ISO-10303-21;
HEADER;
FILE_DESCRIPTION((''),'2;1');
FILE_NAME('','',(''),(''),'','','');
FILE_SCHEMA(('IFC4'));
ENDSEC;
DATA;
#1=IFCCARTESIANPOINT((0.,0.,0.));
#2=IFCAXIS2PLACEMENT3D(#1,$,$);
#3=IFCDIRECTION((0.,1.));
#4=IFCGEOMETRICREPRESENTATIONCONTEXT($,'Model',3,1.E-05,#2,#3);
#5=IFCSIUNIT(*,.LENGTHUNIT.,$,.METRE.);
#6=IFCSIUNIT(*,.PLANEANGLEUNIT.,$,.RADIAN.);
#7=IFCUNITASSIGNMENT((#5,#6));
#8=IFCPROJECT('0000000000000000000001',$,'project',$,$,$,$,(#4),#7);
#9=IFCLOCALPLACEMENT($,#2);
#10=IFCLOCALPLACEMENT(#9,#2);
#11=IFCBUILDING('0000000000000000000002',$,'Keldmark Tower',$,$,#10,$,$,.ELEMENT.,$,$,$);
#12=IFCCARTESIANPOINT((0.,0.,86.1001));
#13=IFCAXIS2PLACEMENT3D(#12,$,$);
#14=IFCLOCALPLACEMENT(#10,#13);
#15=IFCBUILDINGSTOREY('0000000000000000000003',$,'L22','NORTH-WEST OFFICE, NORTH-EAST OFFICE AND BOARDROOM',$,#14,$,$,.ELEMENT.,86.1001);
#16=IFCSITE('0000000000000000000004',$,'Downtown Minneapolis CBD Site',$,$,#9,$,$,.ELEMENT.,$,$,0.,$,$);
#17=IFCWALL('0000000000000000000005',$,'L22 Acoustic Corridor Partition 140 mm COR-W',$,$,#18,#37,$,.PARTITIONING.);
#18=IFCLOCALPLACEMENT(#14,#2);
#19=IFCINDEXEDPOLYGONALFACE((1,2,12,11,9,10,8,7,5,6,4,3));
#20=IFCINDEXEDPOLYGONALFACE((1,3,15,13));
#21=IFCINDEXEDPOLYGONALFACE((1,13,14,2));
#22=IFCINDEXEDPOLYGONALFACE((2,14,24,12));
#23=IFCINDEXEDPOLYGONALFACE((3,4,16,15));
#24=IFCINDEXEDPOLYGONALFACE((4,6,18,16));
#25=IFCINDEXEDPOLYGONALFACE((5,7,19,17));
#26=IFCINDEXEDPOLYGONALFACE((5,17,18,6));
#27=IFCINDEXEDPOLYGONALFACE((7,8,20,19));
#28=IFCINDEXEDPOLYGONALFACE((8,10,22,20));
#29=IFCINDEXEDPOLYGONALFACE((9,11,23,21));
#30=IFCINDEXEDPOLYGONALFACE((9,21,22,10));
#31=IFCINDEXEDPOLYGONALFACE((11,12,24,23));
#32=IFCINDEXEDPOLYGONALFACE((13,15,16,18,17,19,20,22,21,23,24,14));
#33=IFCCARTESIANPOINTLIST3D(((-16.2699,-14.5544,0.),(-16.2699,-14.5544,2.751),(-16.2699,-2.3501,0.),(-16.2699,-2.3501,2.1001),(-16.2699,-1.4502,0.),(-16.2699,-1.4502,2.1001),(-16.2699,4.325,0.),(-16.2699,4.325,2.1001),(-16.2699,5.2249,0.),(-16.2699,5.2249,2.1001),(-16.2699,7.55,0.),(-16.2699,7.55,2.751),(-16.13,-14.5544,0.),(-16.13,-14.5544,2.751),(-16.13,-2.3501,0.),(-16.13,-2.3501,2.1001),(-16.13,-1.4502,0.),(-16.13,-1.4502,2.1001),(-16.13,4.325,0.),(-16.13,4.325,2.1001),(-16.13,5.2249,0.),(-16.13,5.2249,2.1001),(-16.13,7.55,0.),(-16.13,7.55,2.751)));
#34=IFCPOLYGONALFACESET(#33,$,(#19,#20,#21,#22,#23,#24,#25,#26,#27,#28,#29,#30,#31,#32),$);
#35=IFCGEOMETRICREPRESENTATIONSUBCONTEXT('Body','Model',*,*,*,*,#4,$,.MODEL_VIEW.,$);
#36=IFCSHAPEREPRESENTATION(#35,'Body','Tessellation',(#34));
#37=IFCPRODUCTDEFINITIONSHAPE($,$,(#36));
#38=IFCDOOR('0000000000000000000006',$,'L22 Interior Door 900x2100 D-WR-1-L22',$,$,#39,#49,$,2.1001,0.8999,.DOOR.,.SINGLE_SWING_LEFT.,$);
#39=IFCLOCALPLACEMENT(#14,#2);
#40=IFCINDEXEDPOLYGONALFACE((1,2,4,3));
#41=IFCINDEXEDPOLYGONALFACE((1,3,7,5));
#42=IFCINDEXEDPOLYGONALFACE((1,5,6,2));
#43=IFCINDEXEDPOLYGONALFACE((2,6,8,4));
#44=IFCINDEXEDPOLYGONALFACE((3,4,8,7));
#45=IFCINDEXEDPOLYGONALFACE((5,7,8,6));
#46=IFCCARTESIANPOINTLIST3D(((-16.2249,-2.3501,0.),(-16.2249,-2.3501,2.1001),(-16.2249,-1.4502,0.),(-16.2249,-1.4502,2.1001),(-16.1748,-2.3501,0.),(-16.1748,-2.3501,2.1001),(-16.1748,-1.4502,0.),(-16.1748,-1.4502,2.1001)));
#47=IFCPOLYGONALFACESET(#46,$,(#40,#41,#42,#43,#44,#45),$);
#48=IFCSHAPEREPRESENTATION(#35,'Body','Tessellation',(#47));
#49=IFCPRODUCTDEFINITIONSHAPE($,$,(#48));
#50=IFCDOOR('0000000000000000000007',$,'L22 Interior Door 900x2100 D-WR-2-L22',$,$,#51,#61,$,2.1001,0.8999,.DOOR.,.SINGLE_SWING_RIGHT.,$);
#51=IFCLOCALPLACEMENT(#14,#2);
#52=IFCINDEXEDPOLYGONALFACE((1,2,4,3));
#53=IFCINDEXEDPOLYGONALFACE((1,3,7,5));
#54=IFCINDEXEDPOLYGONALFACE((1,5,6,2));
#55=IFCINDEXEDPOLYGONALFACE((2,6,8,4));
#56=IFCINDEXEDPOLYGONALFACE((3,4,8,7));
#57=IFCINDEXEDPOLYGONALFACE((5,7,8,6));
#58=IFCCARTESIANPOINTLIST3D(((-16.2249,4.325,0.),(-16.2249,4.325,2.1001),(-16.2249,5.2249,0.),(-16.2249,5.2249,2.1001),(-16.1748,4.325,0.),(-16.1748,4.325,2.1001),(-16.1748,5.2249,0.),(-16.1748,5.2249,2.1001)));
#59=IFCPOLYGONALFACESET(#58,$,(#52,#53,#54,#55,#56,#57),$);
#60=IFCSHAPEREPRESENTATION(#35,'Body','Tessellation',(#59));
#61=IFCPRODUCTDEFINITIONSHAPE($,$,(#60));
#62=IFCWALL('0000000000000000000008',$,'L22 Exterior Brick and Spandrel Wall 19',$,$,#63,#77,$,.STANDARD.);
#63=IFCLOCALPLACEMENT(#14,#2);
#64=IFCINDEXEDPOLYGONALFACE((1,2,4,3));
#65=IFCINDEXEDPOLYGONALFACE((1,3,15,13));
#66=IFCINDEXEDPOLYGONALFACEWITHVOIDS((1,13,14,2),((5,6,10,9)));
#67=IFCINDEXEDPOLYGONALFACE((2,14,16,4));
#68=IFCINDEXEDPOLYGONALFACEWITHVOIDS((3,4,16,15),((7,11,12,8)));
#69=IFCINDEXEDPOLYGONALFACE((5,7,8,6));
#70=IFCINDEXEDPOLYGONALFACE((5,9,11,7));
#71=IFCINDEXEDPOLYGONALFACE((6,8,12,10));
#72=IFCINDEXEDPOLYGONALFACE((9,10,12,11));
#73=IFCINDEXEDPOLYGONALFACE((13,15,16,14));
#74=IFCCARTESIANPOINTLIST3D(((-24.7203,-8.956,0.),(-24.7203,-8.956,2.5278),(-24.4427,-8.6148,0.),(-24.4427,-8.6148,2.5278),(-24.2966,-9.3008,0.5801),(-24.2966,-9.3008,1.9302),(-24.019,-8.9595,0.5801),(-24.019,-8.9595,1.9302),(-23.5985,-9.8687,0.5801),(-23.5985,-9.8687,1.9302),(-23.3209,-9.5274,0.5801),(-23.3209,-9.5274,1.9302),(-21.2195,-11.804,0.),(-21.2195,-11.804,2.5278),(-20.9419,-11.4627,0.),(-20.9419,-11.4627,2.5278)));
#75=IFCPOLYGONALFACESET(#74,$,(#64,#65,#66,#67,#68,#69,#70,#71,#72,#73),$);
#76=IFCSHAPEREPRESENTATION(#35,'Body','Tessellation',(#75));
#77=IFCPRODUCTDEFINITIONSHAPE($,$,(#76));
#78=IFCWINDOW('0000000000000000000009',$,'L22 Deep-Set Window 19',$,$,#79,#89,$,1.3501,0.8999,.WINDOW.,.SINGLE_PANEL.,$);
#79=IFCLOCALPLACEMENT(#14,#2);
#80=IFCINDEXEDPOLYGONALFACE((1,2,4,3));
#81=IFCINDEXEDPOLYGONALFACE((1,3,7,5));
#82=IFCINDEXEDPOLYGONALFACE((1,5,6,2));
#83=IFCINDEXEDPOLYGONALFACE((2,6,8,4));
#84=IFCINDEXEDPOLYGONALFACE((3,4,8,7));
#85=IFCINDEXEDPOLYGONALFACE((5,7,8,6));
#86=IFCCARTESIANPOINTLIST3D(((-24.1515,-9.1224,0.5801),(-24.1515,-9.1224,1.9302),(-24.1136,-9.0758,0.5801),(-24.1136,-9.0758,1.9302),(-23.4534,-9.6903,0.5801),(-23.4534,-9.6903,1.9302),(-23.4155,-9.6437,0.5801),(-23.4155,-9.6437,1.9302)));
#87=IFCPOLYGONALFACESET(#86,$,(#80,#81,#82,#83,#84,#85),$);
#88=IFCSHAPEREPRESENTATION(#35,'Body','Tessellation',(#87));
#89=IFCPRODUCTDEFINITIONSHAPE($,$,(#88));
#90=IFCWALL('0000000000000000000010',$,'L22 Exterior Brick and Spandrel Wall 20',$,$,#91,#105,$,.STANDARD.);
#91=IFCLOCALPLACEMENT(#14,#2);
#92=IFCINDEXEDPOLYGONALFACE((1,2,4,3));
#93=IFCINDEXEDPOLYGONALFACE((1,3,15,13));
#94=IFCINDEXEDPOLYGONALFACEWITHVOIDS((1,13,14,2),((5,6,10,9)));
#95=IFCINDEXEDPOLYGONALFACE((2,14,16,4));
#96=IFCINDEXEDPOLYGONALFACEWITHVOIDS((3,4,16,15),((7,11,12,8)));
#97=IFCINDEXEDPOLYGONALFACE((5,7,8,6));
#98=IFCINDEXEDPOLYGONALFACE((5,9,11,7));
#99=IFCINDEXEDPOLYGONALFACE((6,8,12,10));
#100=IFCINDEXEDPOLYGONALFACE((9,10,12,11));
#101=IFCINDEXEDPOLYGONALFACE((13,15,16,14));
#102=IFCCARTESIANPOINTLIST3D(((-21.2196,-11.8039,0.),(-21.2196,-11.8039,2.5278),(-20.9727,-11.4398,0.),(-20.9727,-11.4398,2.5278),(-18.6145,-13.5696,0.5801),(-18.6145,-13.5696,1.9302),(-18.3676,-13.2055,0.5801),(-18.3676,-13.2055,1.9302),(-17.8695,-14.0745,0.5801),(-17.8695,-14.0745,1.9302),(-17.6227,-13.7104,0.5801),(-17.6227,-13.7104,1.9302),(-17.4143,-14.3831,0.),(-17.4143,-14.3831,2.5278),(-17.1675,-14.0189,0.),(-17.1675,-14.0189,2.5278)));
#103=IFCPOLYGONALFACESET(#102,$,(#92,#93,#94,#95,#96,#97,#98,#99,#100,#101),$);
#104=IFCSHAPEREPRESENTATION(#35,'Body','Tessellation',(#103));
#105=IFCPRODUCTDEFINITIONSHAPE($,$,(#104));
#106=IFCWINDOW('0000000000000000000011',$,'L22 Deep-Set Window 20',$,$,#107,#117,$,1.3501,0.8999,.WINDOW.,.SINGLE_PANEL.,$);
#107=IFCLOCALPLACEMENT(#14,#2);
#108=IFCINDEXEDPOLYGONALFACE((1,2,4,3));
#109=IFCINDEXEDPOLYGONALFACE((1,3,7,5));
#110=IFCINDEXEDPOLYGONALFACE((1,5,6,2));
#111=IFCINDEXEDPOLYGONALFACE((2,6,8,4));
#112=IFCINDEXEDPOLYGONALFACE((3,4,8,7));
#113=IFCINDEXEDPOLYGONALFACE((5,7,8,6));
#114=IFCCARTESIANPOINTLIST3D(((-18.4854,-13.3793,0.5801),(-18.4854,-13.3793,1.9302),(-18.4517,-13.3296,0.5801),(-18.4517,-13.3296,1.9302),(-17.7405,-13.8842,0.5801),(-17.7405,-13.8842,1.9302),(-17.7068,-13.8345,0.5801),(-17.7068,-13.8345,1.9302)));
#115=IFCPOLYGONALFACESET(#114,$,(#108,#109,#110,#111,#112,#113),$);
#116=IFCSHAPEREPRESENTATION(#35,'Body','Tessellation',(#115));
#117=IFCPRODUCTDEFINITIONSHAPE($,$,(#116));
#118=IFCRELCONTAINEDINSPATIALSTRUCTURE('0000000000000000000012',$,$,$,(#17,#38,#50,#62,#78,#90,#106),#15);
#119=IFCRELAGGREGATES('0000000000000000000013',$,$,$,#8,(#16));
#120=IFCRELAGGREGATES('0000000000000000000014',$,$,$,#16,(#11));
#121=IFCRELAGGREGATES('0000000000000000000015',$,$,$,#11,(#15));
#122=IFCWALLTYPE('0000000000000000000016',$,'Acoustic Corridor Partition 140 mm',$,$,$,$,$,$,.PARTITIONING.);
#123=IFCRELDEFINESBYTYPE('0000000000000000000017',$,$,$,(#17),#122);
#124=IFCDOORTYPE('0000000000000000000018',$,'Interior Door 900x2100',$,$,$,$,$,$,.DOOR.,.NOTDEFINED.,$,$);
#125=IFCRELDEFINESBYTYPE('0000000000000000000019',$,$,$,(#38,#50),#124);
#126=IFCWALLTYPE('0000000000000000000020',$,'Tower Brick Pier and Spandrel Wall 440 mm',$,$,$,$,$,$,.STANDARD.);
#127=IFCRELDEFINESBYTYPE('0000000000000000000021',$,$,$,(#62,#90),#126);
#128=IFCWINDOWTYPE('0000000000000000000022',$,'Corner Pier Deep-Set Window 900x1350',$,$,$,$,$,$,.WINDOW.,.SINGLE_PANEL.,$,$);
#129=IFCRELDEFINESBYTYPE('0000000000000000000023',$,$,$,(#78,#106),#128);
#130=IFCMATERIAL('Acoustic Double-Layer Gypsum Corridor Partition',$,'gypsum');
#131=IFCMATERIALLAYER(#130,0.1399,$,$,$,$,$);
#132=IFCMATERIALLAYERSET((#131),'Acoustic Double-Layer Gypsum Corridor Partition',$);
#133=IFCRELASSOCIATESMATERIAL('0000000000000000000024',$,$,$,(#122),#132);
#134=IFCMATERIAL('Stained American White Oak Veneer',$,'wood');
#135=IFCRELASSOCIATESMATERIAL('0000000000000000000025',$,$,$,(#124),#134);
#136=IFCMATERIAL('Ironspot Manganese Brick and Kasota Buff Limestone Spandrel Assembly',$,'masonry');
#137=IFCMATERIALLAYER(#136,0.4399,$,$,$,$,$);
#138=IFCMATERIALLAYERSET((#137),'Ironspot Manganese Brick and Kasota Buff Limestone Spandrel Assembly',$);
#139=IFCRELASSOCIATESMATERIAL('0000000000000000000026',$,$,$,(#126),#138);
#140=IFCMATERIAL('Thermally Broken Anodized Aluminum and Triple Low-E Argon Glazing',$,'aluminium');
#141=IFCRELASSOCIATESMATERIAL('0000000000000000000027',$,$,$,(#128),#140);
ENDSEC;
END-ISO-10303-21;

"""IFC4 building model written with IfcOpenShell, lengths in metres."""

from ifc_helpers import new_model, si_unit, direction, frame, frame_2d, origin, place, context, subcontext, project, spatial, rectangle, extrude, material, layer, layer_set, type_object, element, fill, save


model = new_model("IFC4")

# Units and contexts
model_context = context("Model", 3, precision=1e-05, world=origin(), true_north=direction((0.0, 1.0)))
body_context = subcontext(model_context, "Body", "Model", "MODEL_VIEW")
ifc_project = project(units=[si_unit("LENGTHUNIT", "METRE"), si_unit("PLANEANGLEUNIT", "RADIAN")], contexts=[model_context])

# Site, building, storey
site_placement = place(None, origin())
site = spatial("IfcSite", under=ifc_project, at=site_placement, Name="Downtown Minneapolis CBD Site", CompositionType="ELEMENT", RefElevation=0.0)
building_placement = place(site_placement, origin())
building = spatial("IfcBuilding", under=site, at=building_placement, Name="Keldmark Tower", CompositionType="ELEMENT")
storey_placement = place(building_placement, frame((0.0, 0.0, 86.1001)))
storey = spatial("IfcBuildingStorey", under=building, at=storey_placement, Name="L22", Description="NORTH-WEST OFFICE, NORTH-EAST OFFICE AND BOARDROOM", CompositionType="ELEMENT", Elevation=86.1001)

# Wall, openings, doors
ifc_material_1 = material(Name="Acoustic Double-Layer Gypsum Corridor Partition", Category="gypsum")
ifc_layer_1 = layer(ifc_material_1, 0.1399)
ifc_layer_set_1 = layer_set([ifc_layer_1], Name="Acoustic Double-Layer Gypsum Corridor Partition")
wall_type_1 = type_object("IfcWallType", Name="Acoustic Corridor Partition 140 mm", PredefinedType="PARTITIONING", material=ifc_layer_set_1)
ifc_material_2 = material(Name="Stained American White Oak Veneer", Category="wood")
door_type_1 = type_object("IfcDoorType", Name="Interior Door 900x2100", OperationType="NOTDEFINED", PredefinedType="DOOR", material=ifc_material_2)
wall_1_placement = place(storey_placement, frame((-16.2, -14.5544, 0.0), z_axis=(0.0, 0.0, 1.0), x_axis=(0.0, 1.0, 0.0)))
wall_1 = element("IfcWall", 1, at=wall_1_placement, inside=storey, type_object=wall_type_1, Name="L22 Acoustic Corridor Partition 140 mm COR-W", PredefinedType="PARTITIONING", context=body_context, shape_type="SweptSolid", body=[
    extrude(rectangle(XDim=22.1045, YDim=0.1399, at=frame_2d((11.0522, 0.0))), origin(), (0.0, 0.0, 1.0), 2.751),
])
opening_1_placement = place(wall_1_placement, frame((12.2043, 0.0, 0.0)))
opening_1 = element("IfcOpeningElement", 2, at=opening_1_placement, cuts=wall_1, PredefinedType="OPENING", context=body_context, shape_type="SweptSolid", body=[
    extrude(rectangle(XDim=0.8999, YDim=2.1001, at=frame_2d((0.45, 1.05))), frame((0.0, 0.0798, 0.0), z_axis=(0.0, -1.0, 0.0), x_axis=(1.0, 0.0, 0.0)), (0.0, 0.0, 1.0), 0.1599),
])
opening_2_placement = place(wall_1_placement, frame((18.8794, 0.0, 0.0)))
opening_2 = element("IfcOpeningElement", 3, at=opening_2_placement, cuts=wall_1, PredefinedType="OPENING", context=body_context, shape_type="SweptSolid", body=[
    extrude(rectangle(XDim=0.8999, YDim=2.1001, at=frame_2d((0.45, 1.05))), frame((0.0, 0.0798, 0.0), z_axis=(0.0, -1.0, 0.0), x_axis=(1.0, 0.0, 0.0)), (0.0, 0.0, 1.0), 0.1599),
])
door_1_placement = place(opening_1_placement, origin())
door_1 = element("IfcDoor", 4, at=door_1_placement, inside=storey, type_object=door_type_1, Name="L22 Interior Door 900x2100 D-WR-1-L22", OperationType="SINGLE_SWING_LEFT", OverallHeight=2.1001, OverallWidth=0.8999, PredefinedType="DOOR", context=body_context, shape_type="SweptSolid", body=[
    extrude(rectangle(XDim=0.8999, YDim=2.1001, at=frame_2d((0.45, 1.05))), frame((0.0, 0.0249, 0.0), z_axis=(0.0, -1.0, 0.0), x_axis=(1.0, 0.0, 0.0)), (0.0, 0.0, 1.0), 0.05),
])
fill(opening_1, door_1)
door_2_placement = place(opening_2_placement, origin())
door_2 = element("IfcDoor", 5, at=door_2_placement, inside=storey, type_object=door_type_1, Name="L22 Interior Door 900x2100 D-WR-2-L22", OperationType="SINGLE_SWING_RIGHT", OverallHeight=2.1001, OverallWidth=0.8999, PredefinedType="DOOR", context=body_context, shape_type="SweptSolid", body=[
    extrude(rectangle(XDim=0.8999, YDim=2.1001, at=frame_2d((0.45, 1.05))), frame((0.0, 0.0249, 0.0), z_axis=(0.0, -1.0, 0.0), x_axis=(1.0, 0.0, 0.0)), (0.0, 0.0, 1.0), 0.05),
])
fill(opening_2, door_2)

# Walls, openings, windows
ifc_material_3 = material(Name="Ironspot Manganese Brick and Kasota Buff Limestone Spandrel Assembly", Category="masonry")
ifc_layer_2 = layer(ifc_material_3, 0.4399)
ifc_layer_set_2 = layer_set([ifc_layer_2], Name="Ironspot Manganese Brick and Kasota Buff Limestone Spandrel Assembly")
wall_type_2 = type_object("IfcWallType", Name="Tower Brick Pier and Spandrel Wall 440 mm", PredefinedType="STANDARD", material=ifc_layer_set_2)
wall_2_placement = place(storey_placement, frame((-21.0808, -11.6333, 0.0), z_axis=(0.0, 0.0, 1.0), x_axis=(-0.775728, 0.631067, 0.0)))
wall_2 = element("IfcWall", 6, at=wall_2_placement, inside=storey, type_object=wall_type_2, Name="L22 Exterior Brick and Spandrel Wall 19", PredefinedType="STANDARD", context=body_context, shape_type="SweptSolid", body=[
    extrude(rectangle(XDim=4.5129, YDim=0.4399, at=frame_2d((2.2563, 0.0))), origin(), (0.0, 0.0, 1.0), 2.5278),
])
opening_3_placement = place(wall_2_placement, frame((3.0667, 0.0, 0.5801)))
opening_3 = element("IfcOpeningElement", 7, at=opening_3_placement, cuts=wall_2, PredefinedType="OPENING", context=body_context, shape_type="SweptSolid", body=[
    extrude(rectangle(XDim=0.8999, YDim=1.3501, at=frame_2d((0.45, 0.675))), frame((0.0, 0.23, 0.0), z_axis=(0.0, -1.0, 0.0), x_axis=(1.0, 0.0, 0.0)), (0.0, 0.0, 1.0), 0.46),
])
ifc_material_4 = material(Name="Thermally Broken Anodized Aluminum and Triple Low-E Argon Glazing", Category="aluminium")
window_type = type_object("IfcWindowType", Name="Corner Pier Deep-Set Window 900x1350", PartitioningType="SINGLE_PANEL", PredefinedType="WINDOW", material=ifc_material_4)
window_1_placement = place(opening_3_placement, origin())
window_1 = element("IfcWindow", 8, at=window_1_placement, inside=storey, type_object=window_type, Name="L22 Deep-Set Window 19", OverallHeight=1.3501, OverallWidth=0.8999, PartitioningType="SINGLE_PANEL", PredefinedType="WINDOW", context=body_context, shape_type="SweptSolid", body=[
    extrude(rectangle(XDim=0.8999, YDim=1.3501, at=frame_2d((0.45, 0.675))), frame((0.0, -0.01, 0.0), z_axis=(0.0, -1.0, 0.0), x_axis=(1.0, 0.0, 0.0)), (0.0, 0.0, 1.0), 0.0601),
])
fill(opening_3, window_1)
wall_3_placement = place(storey_placement, frame((-17.291, -14.2009, 0.0), z_axis=(0.0, 0.0, 1.0), x_axis=(-0.827777, 0.561057, 0.0)))
wall_3 = element("IfcWall", 9, at=wall_3_placement, inside=storey, type_object=wall_type_2, Name="L22 Exterior Brick and Spandrel Wall 20", PredefinedType="STANDARD", context=body_context, shape_type="SweptSolid", body=[
    extrude(rectangle(XDim=4.5969, YDim=0.4399, at=frame_2d((2.2983, 0.0))), origin(), (0.0, 0.0, 1.0), 2.5278),
])
opening_4_placement = place(wall_3_placement, frame((0.5498, 0.0, 0.5801)))
opening_4 = element("IfcOpeningElement", 10, at=opening_4_placement, cuts=wall_3, PredefinedType="OPENING", context=body_context, shape_type="SweptSolid", body=[
    extrude(rectangle(XDim=0.8999, YDim=1.3501, at=frame_2d((0.45, 0.675))), frame((0.0, 0.23, 0.0), z_axis=(0.0, -1.0, 0.0), x_axis=(1.0, 0.0, 0.0)), (0.0, 0.0, 1.0), 0.46),
])
window_2_placement = place(opening_4_placement, origin())
window_2 = element("IfcWindow", 11, at=window_2_placement, inside=storey, type_object=window_type, Name="L22 Deep-Set Window 20", OverallHeight=1.3501, OverallWidth=0.8999, PartitioningType="SINGLE_PANEL", PredefinedType="WINDOW", context=body_context, shape_type="SweptSolid", body=[
    extrude(rectangle(XDim=0.8999, YDim=1.3501, at=frame_2d((0.45, 0.675))), frame((0.0, -0.01, 0.0), z_axis=(0.0, -1.0, 0.0), x_axis=(1.0, 0.0, 0.0)), (0.0, 0.0, 1.0), 0.0601),
])
fill(opening_4, window_2)

save(model, "model.ifc")
